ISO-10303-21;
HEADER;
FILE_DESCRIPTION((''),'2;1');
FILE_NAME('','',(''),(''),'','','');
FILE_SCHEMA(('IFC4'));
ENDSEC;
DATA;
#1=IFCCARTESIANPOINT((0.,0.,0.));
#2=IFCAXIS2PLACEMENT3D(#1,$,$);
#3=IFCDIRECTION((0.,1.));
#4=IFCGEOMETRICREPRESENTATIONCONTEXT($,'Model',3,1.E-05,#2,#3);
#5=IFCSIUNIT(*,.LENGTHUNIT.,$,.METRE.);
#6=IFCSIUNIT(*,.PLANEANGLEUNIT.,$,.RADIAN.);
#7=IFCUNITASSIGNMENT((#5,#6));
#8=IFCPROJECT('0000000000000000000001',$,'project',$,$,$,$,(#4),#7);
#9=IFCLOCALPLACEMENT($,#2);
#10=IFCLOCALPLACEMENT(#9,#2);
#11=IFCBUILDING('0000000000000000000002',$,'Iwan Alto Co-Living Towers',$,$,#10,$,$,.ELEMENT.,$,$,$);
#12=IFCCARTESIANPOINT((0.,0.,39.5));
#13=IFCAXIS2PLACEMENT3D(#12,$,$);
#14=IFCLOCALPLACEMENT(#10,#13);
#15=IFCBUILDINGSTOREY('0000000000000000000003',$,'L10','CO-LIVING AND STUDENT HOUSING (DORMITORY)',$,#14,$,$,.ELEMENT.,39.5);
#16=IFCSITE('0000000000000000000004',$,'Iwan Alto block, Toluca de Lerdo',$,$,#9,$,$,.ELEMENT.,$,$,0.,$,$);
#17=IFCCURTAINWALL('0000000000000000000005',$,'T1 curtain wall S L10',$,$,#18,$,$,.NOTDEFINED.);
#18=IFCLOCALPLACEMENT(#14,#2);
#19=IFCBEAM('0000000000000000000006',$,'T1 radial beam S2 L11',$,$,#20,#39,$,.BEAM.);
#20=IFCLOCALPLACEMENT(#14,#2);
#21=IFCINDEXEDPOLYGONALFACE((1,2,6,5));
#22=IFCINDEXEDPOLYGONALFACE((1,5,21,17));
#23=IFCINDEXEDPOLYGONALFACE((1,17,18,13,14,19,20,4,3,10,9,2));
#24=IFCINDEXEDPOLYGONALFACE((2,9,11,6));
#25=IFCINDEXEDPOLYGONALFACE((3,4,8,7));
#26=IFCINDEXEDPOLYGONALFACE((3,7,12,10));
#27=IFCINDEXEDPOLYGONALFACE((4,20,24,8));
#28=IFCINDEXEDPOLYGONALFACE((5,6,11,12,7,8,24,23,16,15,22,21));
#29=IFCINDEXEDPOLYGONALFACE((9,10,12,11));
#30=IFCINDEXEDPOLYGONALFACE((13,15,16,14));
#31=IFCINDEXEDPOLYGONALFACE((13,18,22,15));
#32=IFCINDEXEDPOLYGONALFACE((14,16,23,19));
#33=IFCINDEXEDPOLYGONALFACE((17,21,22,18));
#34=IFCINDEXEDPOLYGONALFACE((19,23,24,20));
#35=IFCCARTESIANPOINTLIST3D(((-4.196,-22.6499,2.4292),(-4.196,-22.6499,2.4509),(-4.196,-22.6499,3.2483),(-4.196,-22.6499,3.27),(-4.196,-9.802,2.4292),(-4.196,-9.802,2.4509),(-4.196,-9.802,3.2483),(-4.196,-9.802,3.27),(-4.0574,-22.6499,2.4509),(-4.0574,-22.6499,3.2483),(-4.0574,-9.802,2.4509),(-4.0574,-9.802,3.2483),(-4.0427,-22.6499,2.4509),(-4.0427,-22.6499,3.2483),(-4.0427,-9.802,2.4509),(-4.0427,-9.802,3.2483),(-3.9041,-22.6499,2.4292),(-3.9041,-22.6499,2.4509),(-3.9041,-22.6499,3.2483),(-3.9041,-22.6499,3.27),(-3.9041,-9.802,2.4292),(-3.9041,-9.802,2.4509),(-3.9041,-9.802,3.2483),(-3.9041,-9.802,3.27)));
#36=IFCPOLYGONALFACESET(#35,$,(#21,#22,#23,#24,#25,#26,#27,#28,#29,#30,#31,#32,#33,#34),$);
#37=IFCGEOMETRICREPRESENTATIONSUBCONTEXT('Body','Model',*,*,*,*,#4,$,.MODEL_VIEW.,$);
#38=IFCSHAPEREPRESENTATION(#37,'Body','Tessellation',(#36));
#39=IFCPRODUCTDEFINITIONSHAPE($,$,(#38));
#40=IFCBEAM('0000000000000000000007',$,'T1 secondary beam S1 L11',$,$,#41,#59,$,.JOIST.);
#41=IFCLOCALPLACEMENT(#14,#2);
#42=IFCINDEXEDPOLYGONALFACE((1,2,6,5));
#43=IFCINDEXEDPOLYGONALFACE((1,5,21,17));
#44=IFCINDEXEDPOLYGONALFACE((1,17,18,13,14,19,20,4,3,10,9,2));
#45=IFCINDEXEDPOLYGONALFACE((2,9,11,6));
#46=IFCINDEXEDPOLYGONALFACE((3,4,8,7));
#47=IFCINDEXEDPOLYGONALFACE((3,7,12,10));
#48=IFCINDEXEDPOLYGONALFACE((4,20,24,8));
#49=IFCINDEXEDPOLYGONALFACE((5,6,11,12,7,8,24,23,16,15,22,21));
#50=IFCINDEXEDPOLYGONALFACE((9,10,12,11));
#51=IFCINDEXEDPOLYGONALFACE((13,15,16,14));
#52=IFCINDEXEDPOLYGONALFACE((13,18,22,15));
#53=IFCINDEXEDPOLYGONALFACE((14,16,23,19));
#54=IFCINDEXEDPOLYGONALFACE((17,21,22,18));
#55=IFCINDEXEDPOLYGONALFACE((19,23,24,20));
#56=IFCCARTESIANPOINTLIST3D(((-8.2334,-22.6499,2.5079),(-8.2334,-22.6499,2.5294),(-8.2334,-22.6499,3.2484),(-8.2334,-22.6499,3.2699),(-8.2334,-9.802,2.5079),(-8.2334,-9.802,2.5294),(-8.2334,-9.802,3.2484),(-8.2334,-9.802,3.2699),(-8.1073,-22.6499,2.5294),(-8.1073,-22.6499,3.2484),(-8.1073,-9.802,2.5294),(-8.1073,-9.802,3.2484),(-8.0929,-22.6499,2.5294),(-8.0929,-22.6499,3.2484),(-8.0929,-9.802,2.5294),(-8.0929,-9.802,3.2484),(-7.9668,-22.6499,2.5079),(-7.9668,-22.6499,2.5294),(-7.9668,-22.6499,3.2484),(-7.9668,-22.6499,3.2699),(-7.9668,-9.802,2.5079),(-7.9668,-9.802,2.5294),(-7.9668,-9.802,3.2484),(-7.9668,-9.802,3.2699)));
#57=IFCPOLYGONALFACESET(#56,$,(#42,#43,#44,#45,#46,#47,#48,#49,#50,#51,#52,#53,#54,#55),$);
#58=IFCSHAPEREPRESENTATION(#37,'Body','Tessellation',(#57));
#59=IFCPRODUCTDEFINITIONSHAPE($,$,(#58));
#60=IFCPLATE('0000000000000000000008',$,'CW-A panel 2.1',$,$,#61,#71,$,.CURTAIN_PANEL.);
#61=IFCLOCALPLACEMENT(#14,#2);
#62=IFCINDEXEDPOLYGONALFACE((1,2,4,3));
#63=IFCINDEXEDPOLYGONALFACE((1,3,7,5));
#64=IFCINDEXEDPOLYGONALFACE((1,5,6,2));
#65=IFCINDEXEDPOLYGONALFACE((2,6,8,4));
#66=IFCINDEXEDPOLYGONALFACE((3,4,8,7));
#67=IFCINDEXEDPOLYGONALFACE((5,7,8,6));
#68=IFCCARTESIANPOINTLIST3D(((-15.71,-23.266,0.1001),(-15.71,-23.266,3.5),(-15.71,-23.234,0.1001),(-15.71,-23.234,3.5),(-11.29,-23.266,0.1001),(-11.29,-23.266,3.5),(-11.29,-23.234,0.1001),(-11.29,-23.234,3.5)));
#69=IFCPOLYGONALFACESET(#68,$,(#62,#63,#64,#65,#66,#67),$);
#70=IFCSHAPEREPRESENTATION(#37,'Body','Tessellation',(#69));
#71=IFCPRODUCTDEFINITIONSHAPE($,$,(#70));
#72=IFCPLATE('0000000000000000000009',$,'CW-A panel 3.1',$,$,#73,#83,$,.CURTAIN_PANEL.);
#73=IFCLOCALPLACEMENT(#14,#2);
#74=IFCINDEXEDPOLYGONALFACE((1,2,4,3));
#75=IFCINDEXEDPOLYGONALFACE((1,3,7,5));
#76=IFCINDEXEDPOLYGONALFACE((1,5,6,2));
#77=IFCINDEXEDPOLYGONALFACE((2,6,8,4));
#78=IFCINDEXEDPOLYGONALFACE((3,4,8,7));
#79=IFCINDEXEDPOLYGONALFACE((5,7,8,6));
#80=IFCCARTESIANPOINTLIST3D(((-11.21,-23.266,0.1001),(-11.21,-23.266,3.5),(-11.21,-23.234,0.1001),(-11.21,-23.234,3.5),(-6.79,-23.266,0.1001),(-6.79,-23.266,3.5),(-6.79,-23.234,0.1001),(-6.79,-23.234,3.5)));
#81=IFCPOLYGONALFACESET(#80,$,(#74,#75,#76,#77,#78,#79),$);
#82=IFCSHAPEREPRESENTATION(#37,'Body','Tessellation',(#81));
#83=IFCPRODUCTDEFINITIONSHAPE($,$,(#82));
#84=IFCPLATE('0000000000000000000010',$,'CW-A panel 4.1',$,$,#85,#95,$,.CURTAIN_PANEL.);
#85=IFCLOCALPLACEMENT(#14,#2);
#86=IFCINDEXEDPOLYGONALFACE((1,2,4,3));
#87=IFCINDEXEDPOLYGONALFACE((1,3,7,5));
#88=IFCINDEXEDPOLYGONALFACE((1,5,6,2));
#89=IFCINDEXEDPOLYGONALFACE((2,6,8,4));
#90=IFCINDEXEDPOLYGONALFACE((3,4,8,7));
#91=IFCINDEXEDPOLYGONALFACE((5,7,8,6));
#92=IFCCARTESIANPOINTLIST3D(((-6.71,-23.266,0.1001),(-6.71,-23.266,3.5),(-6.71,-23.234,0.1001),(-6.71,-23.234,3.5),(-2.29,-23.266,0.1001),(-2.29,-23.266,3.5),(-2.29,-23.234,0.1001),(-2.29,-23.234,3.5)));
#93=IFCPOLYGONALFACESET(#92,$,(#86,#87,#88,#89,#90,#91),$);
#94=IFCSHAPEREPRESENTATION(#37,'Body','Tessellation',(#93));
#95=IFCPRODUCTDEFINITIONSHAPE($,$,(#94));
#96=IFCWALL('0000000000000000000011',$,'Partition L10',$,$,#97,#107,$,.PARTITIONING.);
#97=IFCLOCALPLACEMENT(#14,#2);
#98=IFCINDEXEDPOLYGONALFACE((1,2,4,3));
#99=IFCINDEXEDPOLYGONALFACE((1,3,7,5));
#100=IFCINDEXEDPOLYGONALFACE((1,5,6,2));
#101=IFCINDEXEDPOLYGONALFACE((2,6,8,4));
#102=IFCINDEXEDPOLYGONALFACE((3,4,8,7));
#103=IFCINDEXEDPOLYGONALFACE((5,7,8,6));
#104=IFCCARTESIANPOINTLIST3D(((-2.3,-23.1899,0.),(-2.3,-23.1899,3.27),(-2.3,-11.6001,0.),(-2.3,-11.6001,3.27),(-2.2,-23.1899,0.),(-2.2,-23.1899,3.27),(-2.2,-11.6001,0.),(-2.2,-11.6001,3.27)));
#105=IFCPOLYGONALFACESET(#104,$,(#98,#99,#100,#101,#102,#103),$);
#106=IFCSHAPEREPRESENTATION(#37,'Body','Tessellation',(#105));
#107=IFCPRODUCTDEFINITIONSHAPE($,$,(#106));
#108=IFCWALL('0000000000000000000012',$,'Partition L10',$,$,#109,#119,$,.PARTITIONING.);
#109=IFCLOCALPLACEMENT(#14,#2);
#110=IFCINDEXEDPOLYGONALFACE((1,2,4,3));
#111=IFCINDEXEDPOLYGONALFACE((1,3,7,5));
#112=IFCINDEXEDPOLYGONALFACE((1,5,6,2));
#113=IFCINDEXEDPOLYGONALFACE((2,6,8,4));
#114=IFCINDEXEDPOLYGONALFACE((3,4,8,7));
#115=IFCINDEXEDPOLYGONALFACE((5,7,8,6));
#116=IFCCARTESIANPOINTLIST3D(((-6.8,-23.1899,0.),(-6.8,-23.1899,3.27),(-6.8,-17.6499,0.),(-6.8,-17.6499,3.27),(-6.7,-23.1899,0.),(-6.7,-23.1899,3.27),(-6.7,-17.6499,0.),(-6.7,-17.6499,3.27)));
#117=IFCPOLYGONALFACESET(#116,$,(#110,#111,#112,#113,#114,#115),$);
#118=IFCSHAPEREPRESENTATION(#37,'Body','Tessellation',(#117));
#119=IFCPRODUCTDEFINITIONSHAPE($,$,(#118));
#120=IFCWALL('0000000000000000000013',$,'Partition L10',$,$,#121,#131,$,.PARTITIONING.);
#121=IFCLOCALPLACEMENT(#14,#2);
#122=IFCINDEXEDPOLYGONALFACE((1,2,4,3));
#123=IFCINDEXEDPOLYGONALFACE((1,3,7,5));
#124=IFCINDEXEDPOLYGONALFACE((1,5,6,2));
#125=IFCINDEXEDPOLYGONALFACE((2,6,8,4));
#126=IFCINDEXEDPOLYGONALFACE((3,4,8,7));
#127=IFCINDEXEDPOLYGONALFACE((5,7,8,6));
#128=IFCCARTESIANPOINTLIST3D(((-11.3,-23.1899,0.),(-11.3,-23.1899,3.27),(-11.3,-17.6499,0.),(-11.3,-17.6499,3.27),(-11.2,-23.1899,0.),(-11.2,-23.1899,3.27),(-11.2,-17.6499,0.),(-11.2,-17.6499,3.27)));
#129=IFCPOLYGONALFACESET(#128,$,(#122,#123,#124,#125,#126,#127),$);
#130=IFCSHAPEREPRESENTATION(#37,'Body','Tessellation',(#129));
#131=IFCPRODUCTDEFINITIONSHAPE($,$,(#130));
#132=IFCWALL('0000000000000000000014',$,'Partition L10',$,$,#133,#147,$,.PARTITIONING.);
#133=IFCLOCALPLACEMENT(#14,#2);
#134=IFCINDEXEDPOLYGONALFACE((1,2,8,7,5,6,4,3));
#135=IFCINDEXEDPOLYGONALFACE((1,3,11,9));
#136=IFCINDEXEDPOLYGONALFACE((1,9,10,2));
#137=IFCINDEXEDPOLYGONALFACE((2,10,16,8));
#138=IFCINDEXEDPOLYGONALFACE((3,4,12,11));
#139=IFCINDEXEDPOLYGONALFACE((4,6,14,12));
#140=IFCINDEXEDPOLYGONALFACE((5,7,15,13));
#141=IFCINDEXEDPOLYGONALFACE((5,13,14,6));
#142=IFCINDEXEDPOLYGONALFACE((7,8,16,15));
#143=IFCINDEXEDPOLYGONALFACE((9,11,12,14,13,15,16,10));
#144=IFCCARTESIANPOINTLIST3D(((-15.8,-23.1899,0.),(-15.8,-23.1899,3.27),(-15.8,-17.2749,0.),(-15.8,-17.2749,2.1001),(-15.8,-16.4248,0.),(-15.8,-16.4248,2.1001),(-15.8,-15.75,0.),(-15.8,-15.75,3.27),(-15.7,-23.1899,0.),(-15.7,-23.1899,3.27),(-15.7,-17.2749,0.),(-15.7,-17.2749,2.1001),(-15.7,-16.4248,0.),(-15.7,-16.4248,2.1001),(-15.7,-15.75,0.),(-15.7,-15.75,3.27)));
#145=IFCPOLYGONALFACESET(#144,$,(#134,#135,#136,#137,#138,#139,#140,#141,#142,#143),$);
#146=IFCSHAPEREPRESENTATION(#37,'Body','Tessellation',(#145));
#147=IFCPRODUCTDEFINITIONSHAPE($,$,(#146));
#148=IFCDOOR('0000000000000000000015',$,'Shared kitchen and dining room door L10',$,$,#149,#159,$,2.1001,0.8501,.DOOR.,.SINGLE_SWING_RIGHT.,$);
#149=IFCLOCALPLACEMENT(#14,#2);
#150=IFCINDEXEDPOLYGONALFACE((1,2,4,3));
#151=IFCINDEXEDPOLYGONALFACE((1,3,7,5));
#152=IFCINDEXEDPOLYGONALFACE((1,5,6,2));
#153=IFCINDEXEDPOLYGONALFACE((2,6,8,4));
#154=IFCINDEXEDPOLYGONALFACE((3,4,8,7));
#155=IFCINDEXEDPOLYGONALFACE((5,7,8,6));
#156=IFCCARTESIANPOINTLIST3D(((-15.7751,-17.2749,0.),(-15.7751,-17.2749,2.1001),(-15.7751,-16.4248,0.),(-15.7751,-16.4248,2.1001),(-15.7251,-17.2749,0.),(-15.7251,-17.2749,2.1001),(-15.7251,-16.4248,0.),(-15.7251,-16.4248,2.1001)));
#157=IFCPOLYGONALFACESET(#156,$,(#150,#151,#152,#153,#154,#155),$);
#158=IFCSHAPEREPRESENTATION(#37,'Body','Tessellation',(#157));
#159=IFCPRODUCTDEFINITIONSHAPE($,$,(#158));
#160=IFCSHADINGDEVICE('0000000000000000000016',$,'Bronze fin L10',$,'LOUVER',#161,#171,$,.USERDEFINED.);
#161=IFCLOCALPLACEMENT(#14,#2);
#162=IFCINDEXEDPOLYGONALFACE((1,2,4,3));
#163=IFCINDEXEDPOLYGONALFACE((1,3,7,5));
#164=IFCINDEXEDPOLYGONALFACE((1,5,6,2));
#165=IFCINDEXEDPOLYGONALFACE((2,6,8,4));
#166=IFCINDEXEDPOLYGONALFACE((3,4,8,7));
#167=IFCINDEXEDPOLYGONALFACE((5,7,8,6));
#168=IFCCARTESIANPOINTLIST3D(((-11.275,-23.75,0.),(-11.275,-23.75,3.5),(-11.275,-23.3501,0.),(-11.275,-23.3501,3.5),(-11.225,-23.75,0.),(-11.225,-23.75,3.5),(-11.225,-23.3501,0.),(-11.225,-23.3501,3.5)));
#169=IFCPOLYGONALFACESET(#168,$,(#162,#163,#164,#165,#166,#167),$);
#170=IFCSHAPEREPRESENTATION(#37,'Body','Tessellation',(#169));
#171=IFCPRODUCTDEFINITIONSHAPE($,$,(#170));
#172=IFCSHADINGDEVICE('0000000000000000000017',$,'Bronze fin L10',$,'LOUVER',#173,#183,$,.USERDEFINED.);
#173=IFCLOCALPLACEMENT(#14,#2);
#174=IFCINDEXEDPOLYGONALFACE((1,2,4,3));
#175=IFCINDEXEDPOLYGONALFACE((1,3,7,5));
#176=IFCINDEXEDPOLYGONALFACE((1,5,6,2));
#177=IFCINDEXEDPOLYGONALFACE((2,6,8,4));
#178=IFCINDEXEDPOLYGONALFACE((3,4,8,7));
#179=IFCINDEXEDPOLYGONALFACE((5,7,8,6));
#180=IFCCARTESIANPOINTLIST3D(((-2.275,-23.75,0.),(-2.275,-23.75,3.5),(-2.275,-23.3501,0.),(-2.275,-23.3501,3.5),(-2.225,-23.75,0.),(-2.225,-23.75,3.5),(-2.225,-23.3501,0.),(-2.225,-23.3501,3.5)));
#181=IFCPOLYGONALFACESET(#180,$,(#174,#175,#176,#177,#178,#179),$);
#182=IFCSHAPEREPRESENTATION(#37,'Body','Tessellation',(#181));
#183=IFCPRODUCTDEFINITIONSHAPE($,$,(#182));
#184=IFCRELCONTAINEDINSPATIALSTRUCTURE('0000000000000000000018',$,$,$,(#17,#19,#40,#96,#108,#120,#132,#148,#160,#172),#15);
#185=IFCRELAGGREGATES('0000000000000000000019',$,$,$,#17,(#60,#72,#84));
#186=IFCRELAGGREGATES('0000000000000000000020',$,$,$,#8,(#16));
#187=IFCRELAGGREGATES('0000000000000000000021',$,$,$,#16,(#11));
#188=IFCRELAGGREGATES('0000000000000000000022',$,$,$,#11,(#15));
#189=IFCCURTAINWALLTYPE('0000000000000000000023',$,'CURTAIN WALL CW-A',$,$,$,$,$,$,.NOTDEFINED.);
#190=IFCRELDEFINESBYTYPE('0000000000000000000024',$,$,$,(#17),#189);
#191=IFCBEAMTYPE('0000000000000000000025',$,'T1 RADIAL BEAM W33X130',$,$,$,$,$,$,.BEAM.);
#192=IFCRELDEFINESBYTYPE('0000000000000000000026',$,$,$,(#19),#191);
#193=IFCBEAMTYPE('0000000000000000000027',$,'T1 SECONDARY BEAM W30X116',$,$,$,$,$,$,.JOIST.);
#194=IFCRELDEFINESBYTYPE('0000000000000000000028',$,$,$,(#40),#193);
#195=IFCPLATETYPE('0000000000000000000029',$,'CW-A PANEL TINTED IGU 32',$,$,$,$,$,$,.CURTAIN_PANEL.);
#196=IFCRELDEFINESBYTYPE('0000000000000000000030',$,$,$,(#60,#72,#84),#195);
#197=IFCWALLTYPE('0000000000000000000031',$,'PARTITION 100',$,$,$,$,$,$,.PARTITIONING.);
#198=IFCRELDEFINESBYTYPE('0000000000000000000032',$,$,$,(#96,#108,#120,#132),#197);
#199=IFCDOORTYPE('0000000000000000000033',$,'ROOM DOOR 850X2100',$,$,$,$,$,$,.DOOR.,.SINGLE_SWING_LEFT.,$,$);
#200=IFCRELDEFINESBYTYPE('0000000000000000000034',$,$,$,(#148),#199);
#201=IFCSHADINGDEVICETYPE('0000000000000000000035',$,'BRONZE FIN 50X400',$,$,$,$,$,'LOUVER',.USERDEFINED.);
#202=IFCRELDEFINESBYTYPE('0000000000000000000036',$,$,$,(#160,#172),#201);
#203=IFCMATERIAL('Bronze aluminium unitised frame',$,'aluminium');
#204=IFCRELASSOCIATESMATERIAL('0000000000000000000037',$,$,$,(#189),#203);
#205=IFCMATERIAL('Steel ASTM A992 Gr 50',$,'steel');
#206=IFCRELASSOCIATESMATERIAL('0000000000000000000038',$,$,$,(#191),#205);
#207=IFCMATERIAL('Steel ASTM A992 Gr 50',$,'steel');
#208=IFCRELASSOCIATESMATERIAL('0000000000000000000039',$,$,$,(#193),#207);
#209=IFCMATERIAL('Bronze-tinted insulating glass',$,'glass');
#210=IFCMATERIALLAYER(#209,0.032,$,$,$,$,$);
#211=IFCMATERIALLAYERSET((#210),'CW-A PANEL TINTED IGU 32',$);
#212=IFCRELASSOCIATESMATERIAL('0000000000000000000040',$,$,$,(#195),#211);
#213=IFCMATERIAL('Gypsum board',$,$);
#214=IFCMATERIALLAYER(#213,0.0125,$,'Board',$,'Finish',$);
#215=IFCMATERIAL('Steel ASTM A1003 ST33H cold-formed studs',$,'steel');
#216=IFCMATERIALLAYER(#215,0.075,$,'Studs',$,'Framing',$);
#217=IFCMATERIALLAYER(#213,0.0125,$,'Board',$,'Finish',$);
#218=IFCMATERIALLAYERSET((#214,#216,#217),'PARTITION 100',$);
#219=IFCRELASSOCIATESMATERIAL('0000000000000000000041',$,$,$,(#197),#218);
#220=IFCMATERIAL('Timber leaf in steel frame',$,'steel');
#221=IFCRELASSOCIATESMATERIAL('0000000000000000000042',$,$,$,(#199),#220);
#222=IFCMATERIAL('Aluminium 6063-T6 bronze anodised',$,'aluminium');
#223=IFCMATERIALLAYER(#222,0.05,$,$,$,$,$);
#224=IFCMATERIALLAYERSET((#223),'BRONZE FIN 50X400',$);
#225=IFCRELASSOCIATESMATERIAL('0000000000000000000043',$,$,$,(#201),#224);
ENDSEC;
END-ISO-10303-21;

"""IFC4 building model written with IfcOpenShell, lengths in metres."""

from ifc_helpers import new_model, si_unit, direction, frame, frame_2d, origin, origin_2d, place, context, subcontext, project, spatial, rectangle, i_section, extrude, material, layer, layer_set, material_profile, profile_set, type_object, element, fill, aggregate, save


model = new_model("IFC4")

# Units and contexts
model_context = context("Model", 3, precision=1e-05, world=origin(), true_north=direction((0.0, 1.0)))
body_context = subcontext(model_context, "Body", "Model", "MODEL_VIEW")
ifc_project = project(units=[si_unit("LENGTHUNIT", "METRE"), si_unit("PLANEANGLEUNIT", "RADIAN")], contexts=[model_context])

# Site, building, storey
site_placement = place(None, origin())
site = spatial("IfcSite", under=ifc_project, at=site_placement, Name="Iwan Alto block, Toluca de Lerdo", CompositionType="ELEMENT", RefElevation=0.0)
building_placement = place(site_placement, origin())
building = spatial("IfcBuilding", under=site, at=building_placement, Name="Iwan Alto Co-Living Towers", CompositionType="ELEMENT")
storey_placement = place(building_placement, frame((0.0, 0.0, 39.5)))
storey = spatial("IfcBuildingStorey", under=building, at=storey_placement, Name="L10", Description="CO-LIVING AND STUDENT HOUSING (DORMITORY)", CompositionType="ELEMENT", Elevation=39.5)

# Curtain wall
ifc_material_1 = material(Name="Bronze aluminium unitised frame", Category="aluminium")
curtain_wall_type = type_object("IfcCurtainWallType", Name="CURTAIN WALL CW-A", PredefinedType="NOTDEFINED", material=ifc_material_1)
curtain_wall_placement = place(storey_placement, origin())
curtain_wall = element("IfcCurtainWall", 1, at=curtain_wall_placement, inside=storey, type_object=curtain_wall_type, Name="T1 curtain wall S L10", PredefinedType="NOTDEFINED")

# Beams
ifc_material_2 = material(Name="Steel ASTM A992 Gr 50", Category="steel")
ifc_material_profile_1 = material_profile(ifc_material_2, i_section(OverallWidth=0.292, OverallDepth=0.8408, WebThickness=0.0146, FlangeThickness=0.0217, at=origin_2d()), Name="W33X130")
ifc_profile_set_1 = profile_set([ifc_material_profile_1], Name="Steel ASTM A992 Gr 50")
beam_type_1 = type_object("IfcBeamType", Name="T1 RADIAL BEAM W33X130", PredefinedType="BEAM", material=ifc_profile_set_1)
beam_1_placement = place(storey_placement, frame((-4.05, -22.6499, 2.8496), z_axis=(0.0, 1.0, 0.0), x_axis=(-1.0, 0.0, 0.0)))
element("IfcBeam", 2, at=beam_1_placement, inside=storey, type_object=beam_type_1, Name="T1 radial beam S2 L11", PredefinedType="BEAM", context=body_context, shape_type="SweptSolid", body=[
    extrude(i_section(OverallWidth=0.292, OverallDepth=0.8408, WebThickness=0.0146, FlangeThickness=0.0217, at=origin_2d()), origin(), (0.0, 0.0, 1.0), 12.8479),
])
ifc_material_3 = material(Name="Steel ASTM A992 Gr 50", Category="steel")
ifc_material_profile_2 = material_profile(ifc_material_3, i_section(OverallWidth=0.2666, OverallDepth=0.762, WebThickness=0.0144, FlangeThickness=0.0215, at=origin_2d()), Name="W30X116")
ifc_profile_set_2 = profile_set([ifc_material_profile_2], Name="Steel ASTM A992 Gr 50")
beam_type_2 = type_object("IfcBeamType", Name="T1 SECONDARY BEAM W30X116", PredefinedType="JOIST", material=ifc_profile_set_2)
beam_2_placement = place(storey_placement, frame((-8.1001, -22.6499, 2.8889), z_axis=(0.0, 1.0, 0.0), x_axis=(-1.0, 0.0, 0.0)))
element("IfcBeam", 3, at=beam_2_placement, inside=storey, type_object=beam_type_2, Name="T1 secondary beam S1 L11", PredefinedType="JOIST", context=body_context, shape_type="SweptSolid", body=[
    extrude(i_section(OverallWidth=0.2666, OverallDepth=0.762, WebThickness=0.0144, FlangeThickness=0.0215, at=origin_2d()), origin(), (0.0, 0.0, 1.0), 12.8479),
])

# Plates
ifc_material_4 = material(Name="Bronze-tinted insulating glass", Category="glass")
ifc_layer_1 = layer(ifc_material_4, 0.032)
ifc_layer_set_1 = layer_set([ifc_layer_1], Name="CW-A PANEL TINTED IGU 32")
plate_type = type_object("IfcPlateType", Name="CW-A PANEL TINTED IGU 32", PredefinedType="CURTAIN_PANEL", material=ifc_layer_set_1)
plate_1_placement = place(storey_placement, frame((-13.5, -23.25, 0.1001), z_axis=(0.0, 0.0, 1.0), x_axis=(1.0, 0.0, 0.0)))
plate_1 = element("IfcPlate", 4, at=plate_1_placement, type_object=plate_type, Name="CW-A panel 2.1", PredefinedType="CURTAIN_PANEL", context=body_context, shape_type="SweptSolid", body=[
    extrude(rectangle(XDim=4.4199, YDim=0.032, at=origin_2d()), origin(), (0.0, 0.0, 1.0), 3.3999),
])
plate_2_placement = place(storey_placement, frame((-9.0, -23.25, 0.1001), z_axis=(0.0, 0.0, 1.0), x_axis=(1.0, 0.0, 0.0)))
plate_2 = element("IfcPlate", 5, at=plate_2_placement, type_object=plate_type, Name="CW-A panel 3.1", PredefinedType="CURTAIN_PANEL", context=body_context, shape_type="SweptSolid", body=[
    extrude(rectangle(XDim=4.4199, YDim=0.032, at=origin_2d()), origin(), (0.0, 0.0, 1.0), 3.3999),
])
plate_3_placement = place(storey_placement, frame((-4.5, -23.25, 0.1001), z_axis=(0.0, 0.0, 1.0), x_axis=(1.0, 0.0, 0.0)))
plate_3 = element("IfcPlate", 6, at=plate_3_placement, type_object=plate_type, Name="CW-A panel 4.1", PredefinedType="CURTAIN_PANEL", context=body_context, shape_type="SweptSolid", body=[
    extrude(rectangle(XDim=4.4199, YDim=0.032, at=origin_2d()), origin(), (0.0, 0.0, 1.0), 3.3999),
])
aggregate(curtain_wall, [plate_1, plate_2, plate_3])

# Walls
ifc_material_5 = material(Name="Gypsum board")
ifc_layer_2 = layer(ifc_material_5, 0.0125, Name="Board", Category="Finish")
ifc_material_6 = material(Name="Steel ASTM A1003 ST33H cold-formed studs", Category="steel")
ifc_layer_3 = layer(ifc_material_6, 0.075, Name="Studs", Category="Framing")
ifc_layer_4 = layer(ifc_material_5, 0.0125, Name="Board", Category="Finish")
ifc_layer_set_2 = layer_set([ifc_layer_2, ifc_layer_3, ifc_layer_4], Name="PARTITION 100")
wall_type = type_object("IfcWallType", Name="PARTITION 100", PredefinedType="PARTITIONING", material=ifc_layer_set_2)
wall_1_placement = place(storey_placement, frame((-2.25, -23.1899, 0.0), z_axis=(0.0, 0.0, 1.0), x_axis=(0.0, 1.0, 0.0)))
element("IfcWall", 7, at=wall_1_placement, inside=storey, type_object=wall_type, Name="Partition L10", PredefinedType="PARTITIONING", context=body_context, shape_type="SweptSolid", body=[
    extrude(rectangle(XDim=11.5898, YDim=0.1001, at=frame_2d((5.7949, 0.0))), origin(), (0.0, 0.0, 1.0), 3.27),
])
for number, where, z_axis, x_axis, name in (
    (8, (-6.75, -23.1899, 0.0), (0.0, 0.0, 1.0), (0.0, 1.0, 0.0), "Partition L10"),
    (9, (-11.25, -23.1899, 0.0), (0.0, 0.0, 1.0), (0.0, 1.0, 0.0), "Partition L10"),
):
    element("IfcWall", number, at=place(storey_placement, frame(where, z_axis=z_axis, x_axis=x_axis)), inside=storey, type_object=wall_type, Name=name, PredefinedType="PARTITIONING", context=body_context, shape_type="SweptSolid", body=[
        extrude(rectangle(XDim=5.54, YDim=0.1001, at=frame_2d((2.77, 0.0))), origin(), (0.0, 0.0, 1.0), 3.27),
    ])

# Wall, opening, door
wall_2_placement = place(storey_placement, frame((-15.75, -23.1899, 0.0), z_axis=(0.0, 0.0, 1.0), x_axis=(0.0, 1.0, 0.0)))
wall_2 = element("IfcWall", 10, at=wall_2_placement, inside=storey, type_object=wall_type, Name="Partition L10", PredefinedType="PARTITIONING", context=body_context, shape_type="SweptSolid", body=[
    extrude(rectangle(XDim=7.4399, YDim=0.1001, at=frame_2d((3.72, 0.0))), origin(), (0.0, 0.0, 1.0), 3.27),
])
opening_placement = place(wall_2_placement, frame((5.915, 0.0, 0.0)))
opening = element("IfcOpeningElement", 11, at=opening_placement, cuts=wall_2, PredefinedType="OPENING", context=body_context, shape_type="SweptSolid", body=[
    extrude(rectangle(XDim=0.8501, YDim=2.1001, at=frame_2d((0.425, 1.05))), frame((0.0, 0.0601, 0.0), z_axis=(0.0, -1.0, 0.0), x_axis=(1.0, 0.0, 0.0)), (0.0, 0.0, 1.0), 0.1201),
])
ifc_material_7 = material(Name="Timber leaf in steel frame", Category="steel")
door_type = type_object("IfcDoorType", Name="ROOM DOOR 850X2100", OperationType="SINGLE_SWING_LEFT", PredefinedType="DOOR", material=ifc_material_7)
door_placement = place(opening_placement, frame((0.8501, 0.0, 0.0), z_axis=(0.0, 0.0, 1.0), x_axis=(-1.0, 0.0, 0.0)))
door = element("IfcDoor", 12, at=door_placement, inside=storey, type_object=door_type, Name="Shared kitchen and dining room door L10", OperationType="SINGLE_SWING_RIGHT", OverallHeight=2.1001, OverallWidth=0.8501, PredefinedType="DOOR", context=body_context, shape_type="SweptSolid", body=[
    extrude(rectangle(XDim=0.8501, YDim=2.1001, at=frame_2d((0.425, 1.05))), frame((0.0, 0.0249, 0.0), z_axis=(0.0, -1.0, 0.0), x_axis=(1.0, 0.0, 0.0)), (0.0, 0.0, 1.0), 0.05),
])
fill(opening, door)

# Shading devices
ifc_material_8 = material(Name="Aluminium 6063-T6 bronze anodised", Category="aluminium")
ifc_layer_5 = layer(ifc_material_8, 0.05)
ifc_layer_set_3 = layer_set([ifc_layer_5], Name="BRONZE FIN 50X400")
shading_device_type = type_object("IfcShadingDeviceType", Name="BRONZE FIN 50X400", ElementType="LOUVER", PredefinedType="USERDEFINED", material=ifc_layer_set_3)
for number, where, z_axis, x_axis, name in (
    (13, (-11.25, -23.55, 0.0), (0.0, 0.0, 1.0), (1.0, 0.0, 0.0), "Bronze fin L10"),
    (14, (-2.25, -23.55, 0.0), (0.0, 0.0, 1.0), (1.0, 0.0, 0.0), "Bronze fin L10"),
):
    element("IfcShadingDevice", number, at=place(storey_placement, frame(where, z_axis=z_axis, x_axis=x_axis)), inside=storey, type_object=shading_device_type, Name=name, ObjectType="LOUVER", PredefinedType="USERDEFINED", context=body_context, shape_type="SweptSolid", body=[
        extrude(rectangle(XDim=0.05, YDim=0.3999, at=origin_2d()), origin(), (0.0, 0.0, 1.0), 3.5),
    ])

save(model, "model.ifc")
